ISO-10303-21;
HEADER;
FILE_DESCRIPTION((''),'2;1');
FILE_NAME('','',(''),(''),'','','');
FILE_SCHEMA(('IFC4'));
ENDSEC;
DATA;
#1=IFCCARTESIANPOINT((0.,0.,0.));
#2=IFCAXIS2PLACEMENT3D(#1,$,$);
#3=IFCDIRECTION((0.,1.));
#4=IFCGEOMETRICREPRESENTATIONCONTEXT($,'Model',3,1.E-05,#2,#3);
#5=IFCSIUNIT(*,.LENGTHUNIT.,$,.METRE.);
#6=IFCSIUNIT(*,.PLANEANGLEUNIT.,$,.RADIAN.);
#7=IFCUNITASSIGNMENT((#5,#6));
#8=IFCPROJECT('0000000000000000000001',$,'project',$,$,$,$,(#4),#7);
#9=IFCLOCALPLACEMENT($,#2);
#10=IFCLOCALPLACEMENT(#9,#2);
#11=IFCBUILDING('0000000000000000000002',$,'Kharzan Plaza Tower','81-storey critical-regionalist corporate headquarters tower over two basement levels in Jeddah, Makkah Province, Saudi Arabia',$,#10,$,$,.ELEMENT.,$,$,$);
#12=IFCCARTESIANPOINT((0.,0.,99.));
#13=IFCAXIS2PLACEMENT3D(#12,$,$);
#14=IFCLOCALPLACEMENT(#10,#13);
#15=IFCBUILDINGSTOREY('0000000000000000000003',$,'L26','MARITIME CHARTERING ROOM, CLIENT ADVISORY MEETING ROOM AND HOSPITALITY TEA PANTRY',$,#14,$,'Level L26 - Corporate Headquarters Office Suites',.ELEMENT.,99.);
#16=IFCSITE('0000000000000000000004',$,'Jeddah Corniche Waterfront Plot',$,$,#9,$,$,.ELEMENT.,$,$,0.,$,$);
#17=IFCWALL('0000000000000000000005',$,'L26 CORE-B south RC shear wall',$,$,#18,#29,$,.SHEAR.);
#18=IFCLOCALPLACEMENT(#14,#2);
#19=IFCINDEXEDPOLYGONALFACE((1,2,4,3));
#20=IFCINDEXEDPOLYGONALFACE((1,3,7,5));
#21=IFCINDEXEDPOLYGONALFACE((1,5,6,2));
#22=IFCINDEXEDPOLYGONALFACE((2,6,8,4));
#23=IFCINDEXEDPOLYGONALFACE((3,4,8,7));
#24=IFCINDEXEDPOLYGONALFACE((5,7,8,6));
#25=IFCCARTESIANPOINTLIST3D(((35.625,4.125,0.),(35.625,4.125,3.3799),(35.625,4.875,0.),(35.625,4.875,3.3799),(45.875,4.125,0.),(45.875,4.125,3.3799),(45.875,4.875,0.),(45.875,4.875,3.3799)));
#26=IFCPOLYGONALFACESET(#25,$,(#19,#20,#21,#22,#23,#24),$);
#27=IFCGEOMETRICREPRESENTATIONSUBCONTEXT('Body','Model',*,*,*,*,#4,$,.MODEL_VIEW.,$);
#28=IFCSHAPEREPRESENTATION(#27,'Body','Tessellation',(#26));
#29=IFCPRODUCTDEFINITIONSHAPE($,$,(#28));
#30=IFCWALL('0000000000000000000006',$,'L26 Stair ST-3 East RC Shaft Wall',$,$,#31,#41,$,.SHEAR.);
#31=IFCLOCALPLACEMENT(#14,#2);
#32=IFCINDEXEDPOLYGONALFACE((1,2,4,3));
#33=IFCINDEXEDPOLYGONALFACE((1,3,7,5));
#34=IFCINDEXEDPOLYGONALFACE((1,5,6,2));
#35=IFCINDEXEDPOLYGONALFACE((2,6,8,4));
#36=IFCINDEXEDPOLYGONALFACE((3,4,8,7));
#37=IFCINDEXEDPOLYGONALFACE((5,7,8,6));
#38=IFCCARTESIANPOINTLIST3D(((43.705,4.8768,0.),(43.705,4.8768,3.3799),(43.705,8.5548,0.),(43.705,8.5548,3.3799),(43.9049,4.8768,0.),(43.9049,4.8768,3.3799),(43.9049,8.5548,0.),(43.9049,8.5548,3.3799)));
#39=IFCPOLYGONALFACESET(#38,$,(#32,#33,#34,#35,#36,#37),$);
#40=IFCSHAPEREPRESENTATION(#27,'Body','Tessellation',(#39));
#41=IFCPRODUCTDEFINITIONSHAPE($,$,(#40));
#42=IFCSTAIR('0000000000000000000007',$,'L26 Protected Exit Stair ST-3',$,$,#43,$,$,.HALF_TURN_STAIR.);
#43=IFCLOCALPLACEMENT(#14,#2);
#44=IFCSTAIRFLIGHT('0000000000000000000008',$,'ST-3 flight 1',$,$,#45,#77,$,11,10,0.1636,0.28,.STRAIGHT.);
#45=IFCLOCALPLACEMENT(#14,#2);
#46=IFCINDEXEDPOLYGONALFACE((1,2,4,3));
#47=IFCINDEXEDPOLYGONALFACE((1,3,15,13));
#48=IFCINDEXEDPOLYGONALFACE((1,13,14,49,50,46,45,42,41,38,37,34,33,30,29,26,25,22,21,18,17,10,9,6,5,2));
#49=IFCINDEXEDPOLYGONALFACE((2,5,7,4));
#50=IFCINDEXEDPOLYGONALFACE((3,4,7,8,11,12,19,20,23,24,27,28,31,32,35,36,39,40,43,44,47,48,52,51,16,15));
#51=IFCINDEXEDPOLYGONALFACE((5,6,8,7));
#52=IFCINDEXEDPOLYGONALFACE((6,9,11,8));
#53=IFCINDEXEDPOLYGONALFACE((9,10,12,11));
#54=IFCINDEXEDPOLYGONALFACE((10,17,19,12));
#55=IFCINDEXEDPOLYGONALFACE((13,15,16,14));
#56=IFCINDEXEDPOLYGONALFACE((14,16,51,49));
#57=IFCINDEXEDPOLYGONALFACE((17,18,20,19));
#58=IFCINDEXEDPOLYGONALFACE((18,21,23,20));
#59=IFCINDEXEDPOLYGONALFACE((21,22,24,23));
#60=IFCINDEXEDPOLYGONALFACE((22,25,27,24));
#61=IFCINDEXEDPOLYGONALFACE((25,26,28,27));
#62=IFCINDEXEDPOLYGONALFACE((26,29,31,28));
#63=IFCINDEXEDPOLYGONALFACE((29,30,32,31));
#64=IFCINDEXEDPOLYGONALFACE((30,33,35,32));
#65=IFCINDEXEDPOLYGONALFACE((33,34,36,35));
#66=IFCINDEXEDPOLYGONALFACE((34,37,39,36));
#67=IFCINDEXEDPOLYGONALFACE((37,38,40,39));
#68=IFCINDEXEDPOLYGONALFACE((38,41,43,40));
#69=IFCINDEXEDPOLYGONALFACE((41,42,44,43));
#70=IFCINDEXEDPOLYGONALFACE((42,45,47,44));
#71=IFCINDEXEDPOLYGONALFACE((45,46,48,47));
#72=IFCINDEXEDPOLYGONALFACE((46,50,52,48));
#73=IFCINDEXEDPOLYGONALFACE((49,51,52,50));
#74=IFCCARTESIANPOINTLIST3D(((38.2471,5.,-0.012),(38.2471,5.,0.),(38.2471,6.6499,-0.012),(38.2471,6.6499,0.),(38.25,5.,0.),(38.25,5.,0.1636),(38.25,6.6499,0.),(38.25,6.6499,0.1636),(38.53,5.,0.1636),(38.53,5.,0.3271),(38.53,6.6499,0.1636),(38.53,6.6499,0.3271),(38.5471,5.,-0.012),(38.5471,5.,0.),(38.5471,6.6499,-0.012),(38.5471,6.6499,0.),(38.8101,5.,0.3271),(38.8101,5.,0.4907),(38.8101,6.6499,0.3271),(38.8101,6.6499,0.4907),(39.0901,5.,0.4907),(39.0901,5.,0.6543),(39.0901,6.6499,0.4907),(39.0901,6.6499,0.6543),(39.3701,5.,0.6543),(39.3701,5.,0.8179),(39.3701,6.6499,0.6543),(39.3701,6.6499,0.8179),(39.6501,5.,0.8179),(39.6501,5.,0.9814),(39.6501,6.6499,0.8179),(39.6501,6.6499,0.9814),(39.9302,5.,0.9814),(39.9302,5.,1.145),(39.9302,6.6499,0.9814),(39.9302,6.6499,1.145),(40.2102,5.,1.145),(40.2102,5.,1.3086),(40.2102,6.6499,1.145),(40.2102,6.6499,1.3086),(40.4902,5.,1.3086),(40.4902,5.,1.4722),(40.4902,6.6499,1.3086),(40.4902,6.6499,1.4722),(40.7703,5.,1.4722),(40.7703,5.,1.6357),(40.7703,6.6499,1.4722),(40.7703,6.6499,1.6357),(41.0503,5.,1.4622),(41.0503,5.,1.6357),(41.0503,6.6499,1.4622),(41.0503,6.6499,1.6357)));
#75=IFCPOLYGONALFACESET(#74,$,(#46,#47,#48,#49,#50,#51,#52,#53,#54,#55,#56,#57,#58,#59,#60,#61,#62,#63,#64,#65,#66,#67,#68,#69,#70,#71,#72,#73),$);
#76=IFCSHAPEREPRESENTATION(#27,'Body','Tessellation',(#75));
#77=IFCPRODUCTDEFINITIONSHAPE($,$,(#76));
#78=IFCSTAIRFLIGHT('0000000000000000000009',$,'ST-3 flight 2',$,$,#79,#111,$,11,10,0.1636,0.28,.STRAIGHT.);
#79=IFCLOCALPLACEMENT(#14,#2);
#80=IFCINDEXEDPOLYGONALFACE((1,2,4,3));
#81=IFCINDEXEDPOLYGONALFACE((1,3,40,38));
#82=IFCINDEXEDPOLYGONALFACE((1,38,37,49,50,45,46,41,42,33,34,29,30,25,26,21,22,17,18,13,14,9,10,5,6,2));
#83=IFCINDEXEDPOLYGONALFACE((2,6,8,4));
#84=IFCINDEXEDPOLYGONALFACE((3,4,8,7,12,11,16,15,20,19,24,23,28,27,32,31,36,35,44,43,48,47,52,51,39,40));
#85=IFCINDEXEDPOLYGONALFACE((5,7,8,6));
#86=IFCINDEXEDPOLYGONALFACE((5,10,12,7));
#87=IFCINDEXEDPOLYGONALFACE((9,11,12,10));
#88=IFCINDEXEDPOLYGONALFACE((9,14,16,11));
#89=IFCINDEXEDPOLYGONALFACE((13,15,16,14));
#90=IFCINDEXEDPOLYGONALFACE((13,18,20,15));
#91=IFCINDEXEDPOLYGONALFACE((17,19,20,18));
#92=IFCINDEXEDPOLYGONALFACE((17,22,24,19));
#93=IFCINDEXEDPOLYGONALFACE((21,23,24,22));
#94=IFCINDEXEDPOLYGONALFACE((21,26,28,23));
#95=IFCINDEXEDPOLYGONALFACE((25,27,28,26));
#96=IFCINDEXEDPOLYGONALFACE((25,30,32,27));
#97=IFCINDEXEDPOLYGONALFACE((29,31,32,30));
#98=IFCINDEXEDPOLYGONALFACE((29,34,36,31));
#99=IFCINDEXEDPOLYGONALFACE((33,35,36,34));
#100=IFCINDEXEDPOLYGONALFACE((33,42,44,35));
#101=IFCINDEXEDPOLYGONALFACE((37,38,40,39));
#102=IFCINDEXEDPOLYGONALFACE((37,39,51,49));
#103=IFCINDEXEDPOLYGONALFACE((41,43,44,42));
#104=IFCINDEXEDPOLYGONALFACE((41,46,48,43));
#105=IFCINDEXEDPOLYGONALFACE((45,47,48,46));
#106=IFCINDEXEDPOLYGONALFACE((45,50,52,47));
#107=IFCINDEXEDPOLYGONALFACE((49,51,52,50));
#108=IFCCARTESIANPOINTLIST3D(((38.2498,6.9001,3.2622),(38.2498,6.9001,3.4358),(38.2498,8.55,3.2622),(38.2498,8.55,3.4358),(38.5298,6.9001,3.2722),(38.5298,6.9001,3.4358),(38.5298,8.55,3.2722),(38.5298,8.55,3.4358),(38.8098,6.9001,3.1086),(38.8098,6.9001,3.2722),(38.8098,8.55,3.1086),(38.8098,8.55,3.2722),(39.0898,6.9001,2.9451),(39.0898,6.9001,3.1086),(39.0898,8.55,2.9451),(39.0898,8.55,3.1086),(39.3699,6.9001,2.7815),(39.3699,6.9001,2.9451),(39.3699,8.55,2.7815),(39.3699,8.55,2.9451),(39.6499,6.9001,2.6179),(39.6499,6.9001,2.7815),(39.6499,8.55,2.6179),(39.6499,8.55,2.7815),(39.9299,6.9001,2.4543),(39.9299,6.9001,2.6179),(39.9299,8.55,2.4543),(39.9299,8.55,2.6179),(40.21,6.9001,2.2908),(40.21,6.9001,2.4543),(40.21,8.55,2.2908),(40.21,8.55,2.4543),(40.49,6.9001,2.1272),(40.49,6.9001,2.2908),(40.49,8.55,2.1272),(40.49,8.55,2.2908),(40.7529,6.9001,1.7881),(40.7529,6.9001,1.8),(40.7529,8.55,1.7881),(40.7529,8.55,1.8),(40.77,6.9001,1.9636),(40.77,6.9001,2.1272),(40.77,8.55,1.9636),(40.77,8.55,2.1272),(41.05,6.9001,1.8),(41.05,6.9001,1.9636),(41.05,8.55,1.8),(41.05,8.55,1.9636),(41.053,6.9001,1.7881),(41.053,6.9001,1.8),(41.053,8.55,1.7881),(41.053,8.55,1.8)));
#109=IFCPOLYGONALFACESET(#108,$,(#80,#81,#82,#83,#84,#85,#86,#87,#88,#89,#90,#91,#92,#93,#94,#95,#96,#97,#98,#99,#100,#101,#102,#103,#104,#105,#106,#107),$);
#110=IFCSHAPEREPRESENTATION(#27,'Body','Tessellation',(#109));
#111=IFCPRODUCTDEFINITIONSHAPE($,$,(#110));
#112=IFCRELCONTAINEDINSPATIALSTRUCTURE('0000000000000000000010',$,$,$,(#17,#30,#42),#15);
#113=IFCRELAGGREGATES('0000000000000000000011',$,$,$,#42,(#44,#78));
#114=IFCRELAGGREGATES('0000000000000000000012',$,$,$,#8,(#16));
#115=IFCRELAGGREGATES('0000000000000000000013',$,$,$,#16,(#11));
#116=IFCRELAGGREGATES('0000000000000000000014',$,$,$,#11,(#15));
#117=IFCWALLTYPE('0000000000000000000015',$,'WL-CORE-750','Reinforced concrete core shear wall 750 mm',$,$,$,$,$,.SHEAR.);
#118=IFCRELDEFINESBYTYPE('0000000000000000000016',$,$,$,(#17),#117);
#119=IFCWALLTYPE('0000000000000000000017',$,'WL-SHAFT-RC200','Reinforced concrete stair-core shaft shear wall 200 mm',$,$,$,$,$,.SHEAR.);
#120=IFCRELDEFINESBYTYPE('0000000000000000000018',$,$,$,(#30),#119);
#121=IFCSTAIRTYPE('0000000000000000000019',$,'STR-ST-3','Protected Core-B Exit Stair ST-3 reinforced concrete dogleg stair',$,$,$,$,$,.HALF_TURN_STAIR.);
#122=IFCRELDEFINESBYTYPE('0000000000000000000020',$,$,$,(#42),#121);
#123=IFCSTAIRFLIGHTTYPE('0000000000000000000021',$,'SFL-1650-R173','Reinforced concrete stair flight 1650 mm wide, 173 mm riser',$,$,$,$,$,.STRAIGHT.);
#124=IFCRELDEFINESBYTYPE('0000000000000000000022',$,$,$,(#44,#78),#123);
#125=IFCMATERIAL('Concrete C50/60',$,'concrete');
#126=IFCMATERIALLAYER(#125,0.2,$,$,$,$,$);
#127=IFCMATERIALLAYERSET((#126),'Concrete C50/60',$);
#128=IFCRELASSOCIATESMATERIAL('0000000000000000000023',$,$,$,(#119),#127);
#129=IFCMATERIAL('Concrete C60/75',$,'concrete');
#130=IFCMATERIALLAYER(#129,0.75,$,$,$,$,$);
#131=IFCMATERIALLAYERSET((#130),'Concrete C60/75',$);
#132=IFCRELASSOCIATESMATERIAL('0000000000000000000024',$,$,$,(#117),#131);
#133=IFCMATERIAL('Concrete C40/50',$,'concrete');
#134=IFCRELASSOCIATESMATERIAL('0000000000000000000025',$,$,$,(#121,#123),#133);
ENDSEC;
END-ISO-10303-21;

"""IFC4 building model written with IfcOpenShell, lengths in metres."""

from ifc_helpers import new_model, si_unit, direction, frame, frame_2d, origin, place, context, subcontext, project, spatial, polyline, rectangle, outline, extrude, source, transform, mapped, material, layer, layer_set, type_object, element, aggregate, save


model = new_model("IFC4")

# Units and contexts
model_context = context("Model", 3, precision=1e-05, world=origin(), true_north=direction((0.0, 1.0)))
body_context = subcontext(model_context, "Body", "Model", "MODEL_VIEW")
ifc_project = project(units=[si_unit("LENGTHUNIT", "METRE"), si_unit("PLANEANGLEUNIT", "RADIAN")], contexts=[model_context])

# Site, building, storey
site_placement = place(None, origin())
site = spatial("IfcSite", under=ifc_project, at=site_placement, Name="Jeddah Corniche Waterfront Plot", CompositionType="ELEMENT", RefElevation=0.0)
building_placement = place(site_placement, origin())
building = spatial("IfcBuilding", under=site, at=building_placement, Name="Kharzan Plaza Tower", Description="81-storey critical-regionalist corporate headquarters tower over two basement levels in Jeddah, Makkah Province, Saudi Arabia", CompositionType="ELEMENT")
storey_placement = place(building_placement, frame((0.0, 0.0, 99.0)))
storey = spatial("IfcBuildingStorey", under=building, at=storey_placement, Name="L26", Description="MARITIME CHARTERING ROOM, CLIENT ADVISORY MEETING ROOM AND HOSPITALITY TEA PANTRY", LongName="Level L26 - Corporate Headquarters Office Suites", CompositionType="ELEMENT", Elevation=99.0)

# Shared definitions
ifc_material_1 = material(Name="Concrete C60/75", Category="concrete")

# Shared definitions
ifc_material_2 = material(Name="Concrete C40/50", Category="concrete")

# Shared definitions
ifc_material_3 = material(Name="Concrete C50/60", Category="concrete")
ifc_layer_1 = layer(ifc_material_3, 0.2)
ifc_layer_set_1 = layer_set([ifc_layer_1], Name="Concrete C50/60")
wall_type_1 = type_object("IfcWallType", Name="WL-SHAFT-RC200", Description="Reinforced concrete stair-core shaft shear wall 200 mm", PredefinedType="SHEAR", material=ifc_layer_set_1)

# Walls
ifc_layer_2 = layer(ifc_material_1, 0.75)
ifc_layer_set_2 = layer_set([ifc_layer_2], Name="Concrete C60/75")
wall_type_2 = type_object("IfcWallType", Name="WL-CORE-750", Description="Reinforced concrete core shear wall 750 mm", PredefinedType="SHEAR", material=ifc_layer_set_2)
shared_shape_1 = source(origin(), body_context, "Body", "SweptSolid", [
    extrude(rectangle(XDim=10.25, YDim=0.75, at=frame_2d((5.125, 0.0))), origin(), (0.0, 0.0, 1.0), 3.3799),
])
wall_1_placement = place(storey_placement, frame((35.625, 4.5, 0.0), z_axis=(0.0, 0.0, 1.0), x_axis=(1.0, 0.0, 0.0)))
element("IfcWall", 1, at=wall_1_placement, inside=storey, type_object=wall_type_2, Name="L26 CORE-B south RC shear wall", PredefinedType="SHEAR", context=body_context, shape_type="MappedRepresentation", body=[
    mapped(shared_shape_1, transform((0.0, 0.0, 0.0), x_axis=(1.0, 0.0, 0.0), y_axis=(0.0, 1.0, 0.0), z_axis=(0.0, 0.0, 1.0))),
])
shared_shape_2 = source(origin(), body_context, "Body", "SweptSolid", [
    extrude(rectangle(XDim=3.678, YDim=0.2, at=frame_2d((1.8389, 0.0))), origin(), (0.0, 0.0, 1.0), 3.3799),
])
wall_2_placement = place(storey_placement, frame((43.8049, 4.877, 0.0), z_axis=(0.0, 0.0, 1.0), x_axis=(0.0, 1.0, 0.0)))
element("IfcWall", 2, at=wall_2_placement, inside=storey, type_object=wall_type_1, Name="L26 Stair ST-3 East RC Shaft Wall", PredefinedType="SHEAR", context=body_context, shape_type="MappedRepresentation", body=[
    mapped(shared_shape_2, transform((0.0, 0.0, 0.0), x_axis=(1.0, 0.0, 0.0), y_axis=(0.0, 1.0, 0.0), z_axis=(0.0, 0.0, 1.0))),
])

# Stair, stair flights
stair_type = type_object("IfcStairType", Name="STR-ST-3", Description="Protected Core-B Exit Stair ST-3 reinforced concrete dogleg stair", PredefinedType="HALF_TURN_STAIR", material=ifc_material_2)
stair_placement = place(storey_placement, origin())
stair = element("IfcStair", 3, at=stair_placement, inside=storey, type_object=stair_type, Name="L26 Protected Exit Stair ST-3", PredefinedType="HALF_TURN_STAIR")
stair_flight_type = type_object("IfcStairFlightType", Name="SFL-1650-R173", Description="Reinforced concrete stair flight 1650 mm wide, 173 mm riser", PredefinedType="STRAIGHT", material=ifc_material_2)
shared_shape_3 = source(origin(), body_context, "Body", "SweptSolid", [
    extrude(outline(polyline([(-0.0029, -0.012), (-0.0029, 0.0), (0.0, 0.0), (0.0, 0.1636), (0.28, 0.1636), (0.28, 0.3271), (0.5601, 0.3271), (0.5601, 0.4907), (0.8401, 0.4907), (0.8401, 0.6543), (1.1201, 0.6543), (1.1201, 0.8179), (1.4001, 0.8179), (1.4001, 0.9814), (1.6802, 0.9814), (1.6802, 1.145), (1.9602, 1.145), (1.9602, 1.3086), (2.2402, 1.3086), (2.2402, 1.4722), (2.5203, 1.4722), (2.5203, 1.6357), (2.8003, 1.6357), (2.8003, 1.7993), (2.8003, 1.4622), (0.2971, 0.0), (0.2971, -0.012), (-0.0029, -0.012)])), frame((0.0, 0.825, 0.0), z_axis=(0.0, -1.0, 0.0), x_axis=(1.0, 0.0, 0.0)), (0.0, 0.0, 1.0), 1.6499),
])
stair_flight_1_placement = place(storey_placement, frame((38.25, 5.825, 0.0), z_axis=(0.0, 0.0, 1.0), x_axis=(1.0, 0.0, 0.0)))
stair_flight_1 = element("IfcStairFlight", 4, at=stair_flight_1_placement, type_object=stair_flight_type, Name="ST-3 flight 1", NumberOfRisers=11, NumberOfTreads=10, PredefinedType="STRAIGHT", RiserHeight=0.1636, TreadLength=0.28, context=body_context, shape_type="MappedRepresentation", body=[
    mapped(shared_shape_3, transform((0.0, 0.0, 0.0), x_axis=(1.0, 0.0, 0.0), y_axis=(0.0, 1.0, 0.0), z_axis=(0.0, 0.0, 1.0))),
])
stair_flight_2_placement = place(storey_placement, frame((41.05, 7.7251, 1.8), z_axis=(0.0, 0.0, 1.0), x_axis=(-1.0, 0.0, 0.0)))
stair_flight_2 = element("IfcStairFlight", 5, at=stair_flight_2_placement, type_object=stair_flight_type, Name="ST-3 flight 2", NumberOfRisers=11, NumberOfTreads=10, PredefinedType="STRAIGHT", RiserHeight=0.1636, TreadLength=0.28, context=body_context, shape_type="MappedRepresentation", body=[
    mapped(shared_shape_3, transform((0.0, 0.0, 0.0), x_axis=(1.0, 0.0, 0.0), y_axis=(0.0, 1.0, 0.0), z_axis=(0.0, 0.0, 1.0))),
])
aggregate(stair, [stair_flight_1, stair_flight_2])

save(model, "model.ifc")
